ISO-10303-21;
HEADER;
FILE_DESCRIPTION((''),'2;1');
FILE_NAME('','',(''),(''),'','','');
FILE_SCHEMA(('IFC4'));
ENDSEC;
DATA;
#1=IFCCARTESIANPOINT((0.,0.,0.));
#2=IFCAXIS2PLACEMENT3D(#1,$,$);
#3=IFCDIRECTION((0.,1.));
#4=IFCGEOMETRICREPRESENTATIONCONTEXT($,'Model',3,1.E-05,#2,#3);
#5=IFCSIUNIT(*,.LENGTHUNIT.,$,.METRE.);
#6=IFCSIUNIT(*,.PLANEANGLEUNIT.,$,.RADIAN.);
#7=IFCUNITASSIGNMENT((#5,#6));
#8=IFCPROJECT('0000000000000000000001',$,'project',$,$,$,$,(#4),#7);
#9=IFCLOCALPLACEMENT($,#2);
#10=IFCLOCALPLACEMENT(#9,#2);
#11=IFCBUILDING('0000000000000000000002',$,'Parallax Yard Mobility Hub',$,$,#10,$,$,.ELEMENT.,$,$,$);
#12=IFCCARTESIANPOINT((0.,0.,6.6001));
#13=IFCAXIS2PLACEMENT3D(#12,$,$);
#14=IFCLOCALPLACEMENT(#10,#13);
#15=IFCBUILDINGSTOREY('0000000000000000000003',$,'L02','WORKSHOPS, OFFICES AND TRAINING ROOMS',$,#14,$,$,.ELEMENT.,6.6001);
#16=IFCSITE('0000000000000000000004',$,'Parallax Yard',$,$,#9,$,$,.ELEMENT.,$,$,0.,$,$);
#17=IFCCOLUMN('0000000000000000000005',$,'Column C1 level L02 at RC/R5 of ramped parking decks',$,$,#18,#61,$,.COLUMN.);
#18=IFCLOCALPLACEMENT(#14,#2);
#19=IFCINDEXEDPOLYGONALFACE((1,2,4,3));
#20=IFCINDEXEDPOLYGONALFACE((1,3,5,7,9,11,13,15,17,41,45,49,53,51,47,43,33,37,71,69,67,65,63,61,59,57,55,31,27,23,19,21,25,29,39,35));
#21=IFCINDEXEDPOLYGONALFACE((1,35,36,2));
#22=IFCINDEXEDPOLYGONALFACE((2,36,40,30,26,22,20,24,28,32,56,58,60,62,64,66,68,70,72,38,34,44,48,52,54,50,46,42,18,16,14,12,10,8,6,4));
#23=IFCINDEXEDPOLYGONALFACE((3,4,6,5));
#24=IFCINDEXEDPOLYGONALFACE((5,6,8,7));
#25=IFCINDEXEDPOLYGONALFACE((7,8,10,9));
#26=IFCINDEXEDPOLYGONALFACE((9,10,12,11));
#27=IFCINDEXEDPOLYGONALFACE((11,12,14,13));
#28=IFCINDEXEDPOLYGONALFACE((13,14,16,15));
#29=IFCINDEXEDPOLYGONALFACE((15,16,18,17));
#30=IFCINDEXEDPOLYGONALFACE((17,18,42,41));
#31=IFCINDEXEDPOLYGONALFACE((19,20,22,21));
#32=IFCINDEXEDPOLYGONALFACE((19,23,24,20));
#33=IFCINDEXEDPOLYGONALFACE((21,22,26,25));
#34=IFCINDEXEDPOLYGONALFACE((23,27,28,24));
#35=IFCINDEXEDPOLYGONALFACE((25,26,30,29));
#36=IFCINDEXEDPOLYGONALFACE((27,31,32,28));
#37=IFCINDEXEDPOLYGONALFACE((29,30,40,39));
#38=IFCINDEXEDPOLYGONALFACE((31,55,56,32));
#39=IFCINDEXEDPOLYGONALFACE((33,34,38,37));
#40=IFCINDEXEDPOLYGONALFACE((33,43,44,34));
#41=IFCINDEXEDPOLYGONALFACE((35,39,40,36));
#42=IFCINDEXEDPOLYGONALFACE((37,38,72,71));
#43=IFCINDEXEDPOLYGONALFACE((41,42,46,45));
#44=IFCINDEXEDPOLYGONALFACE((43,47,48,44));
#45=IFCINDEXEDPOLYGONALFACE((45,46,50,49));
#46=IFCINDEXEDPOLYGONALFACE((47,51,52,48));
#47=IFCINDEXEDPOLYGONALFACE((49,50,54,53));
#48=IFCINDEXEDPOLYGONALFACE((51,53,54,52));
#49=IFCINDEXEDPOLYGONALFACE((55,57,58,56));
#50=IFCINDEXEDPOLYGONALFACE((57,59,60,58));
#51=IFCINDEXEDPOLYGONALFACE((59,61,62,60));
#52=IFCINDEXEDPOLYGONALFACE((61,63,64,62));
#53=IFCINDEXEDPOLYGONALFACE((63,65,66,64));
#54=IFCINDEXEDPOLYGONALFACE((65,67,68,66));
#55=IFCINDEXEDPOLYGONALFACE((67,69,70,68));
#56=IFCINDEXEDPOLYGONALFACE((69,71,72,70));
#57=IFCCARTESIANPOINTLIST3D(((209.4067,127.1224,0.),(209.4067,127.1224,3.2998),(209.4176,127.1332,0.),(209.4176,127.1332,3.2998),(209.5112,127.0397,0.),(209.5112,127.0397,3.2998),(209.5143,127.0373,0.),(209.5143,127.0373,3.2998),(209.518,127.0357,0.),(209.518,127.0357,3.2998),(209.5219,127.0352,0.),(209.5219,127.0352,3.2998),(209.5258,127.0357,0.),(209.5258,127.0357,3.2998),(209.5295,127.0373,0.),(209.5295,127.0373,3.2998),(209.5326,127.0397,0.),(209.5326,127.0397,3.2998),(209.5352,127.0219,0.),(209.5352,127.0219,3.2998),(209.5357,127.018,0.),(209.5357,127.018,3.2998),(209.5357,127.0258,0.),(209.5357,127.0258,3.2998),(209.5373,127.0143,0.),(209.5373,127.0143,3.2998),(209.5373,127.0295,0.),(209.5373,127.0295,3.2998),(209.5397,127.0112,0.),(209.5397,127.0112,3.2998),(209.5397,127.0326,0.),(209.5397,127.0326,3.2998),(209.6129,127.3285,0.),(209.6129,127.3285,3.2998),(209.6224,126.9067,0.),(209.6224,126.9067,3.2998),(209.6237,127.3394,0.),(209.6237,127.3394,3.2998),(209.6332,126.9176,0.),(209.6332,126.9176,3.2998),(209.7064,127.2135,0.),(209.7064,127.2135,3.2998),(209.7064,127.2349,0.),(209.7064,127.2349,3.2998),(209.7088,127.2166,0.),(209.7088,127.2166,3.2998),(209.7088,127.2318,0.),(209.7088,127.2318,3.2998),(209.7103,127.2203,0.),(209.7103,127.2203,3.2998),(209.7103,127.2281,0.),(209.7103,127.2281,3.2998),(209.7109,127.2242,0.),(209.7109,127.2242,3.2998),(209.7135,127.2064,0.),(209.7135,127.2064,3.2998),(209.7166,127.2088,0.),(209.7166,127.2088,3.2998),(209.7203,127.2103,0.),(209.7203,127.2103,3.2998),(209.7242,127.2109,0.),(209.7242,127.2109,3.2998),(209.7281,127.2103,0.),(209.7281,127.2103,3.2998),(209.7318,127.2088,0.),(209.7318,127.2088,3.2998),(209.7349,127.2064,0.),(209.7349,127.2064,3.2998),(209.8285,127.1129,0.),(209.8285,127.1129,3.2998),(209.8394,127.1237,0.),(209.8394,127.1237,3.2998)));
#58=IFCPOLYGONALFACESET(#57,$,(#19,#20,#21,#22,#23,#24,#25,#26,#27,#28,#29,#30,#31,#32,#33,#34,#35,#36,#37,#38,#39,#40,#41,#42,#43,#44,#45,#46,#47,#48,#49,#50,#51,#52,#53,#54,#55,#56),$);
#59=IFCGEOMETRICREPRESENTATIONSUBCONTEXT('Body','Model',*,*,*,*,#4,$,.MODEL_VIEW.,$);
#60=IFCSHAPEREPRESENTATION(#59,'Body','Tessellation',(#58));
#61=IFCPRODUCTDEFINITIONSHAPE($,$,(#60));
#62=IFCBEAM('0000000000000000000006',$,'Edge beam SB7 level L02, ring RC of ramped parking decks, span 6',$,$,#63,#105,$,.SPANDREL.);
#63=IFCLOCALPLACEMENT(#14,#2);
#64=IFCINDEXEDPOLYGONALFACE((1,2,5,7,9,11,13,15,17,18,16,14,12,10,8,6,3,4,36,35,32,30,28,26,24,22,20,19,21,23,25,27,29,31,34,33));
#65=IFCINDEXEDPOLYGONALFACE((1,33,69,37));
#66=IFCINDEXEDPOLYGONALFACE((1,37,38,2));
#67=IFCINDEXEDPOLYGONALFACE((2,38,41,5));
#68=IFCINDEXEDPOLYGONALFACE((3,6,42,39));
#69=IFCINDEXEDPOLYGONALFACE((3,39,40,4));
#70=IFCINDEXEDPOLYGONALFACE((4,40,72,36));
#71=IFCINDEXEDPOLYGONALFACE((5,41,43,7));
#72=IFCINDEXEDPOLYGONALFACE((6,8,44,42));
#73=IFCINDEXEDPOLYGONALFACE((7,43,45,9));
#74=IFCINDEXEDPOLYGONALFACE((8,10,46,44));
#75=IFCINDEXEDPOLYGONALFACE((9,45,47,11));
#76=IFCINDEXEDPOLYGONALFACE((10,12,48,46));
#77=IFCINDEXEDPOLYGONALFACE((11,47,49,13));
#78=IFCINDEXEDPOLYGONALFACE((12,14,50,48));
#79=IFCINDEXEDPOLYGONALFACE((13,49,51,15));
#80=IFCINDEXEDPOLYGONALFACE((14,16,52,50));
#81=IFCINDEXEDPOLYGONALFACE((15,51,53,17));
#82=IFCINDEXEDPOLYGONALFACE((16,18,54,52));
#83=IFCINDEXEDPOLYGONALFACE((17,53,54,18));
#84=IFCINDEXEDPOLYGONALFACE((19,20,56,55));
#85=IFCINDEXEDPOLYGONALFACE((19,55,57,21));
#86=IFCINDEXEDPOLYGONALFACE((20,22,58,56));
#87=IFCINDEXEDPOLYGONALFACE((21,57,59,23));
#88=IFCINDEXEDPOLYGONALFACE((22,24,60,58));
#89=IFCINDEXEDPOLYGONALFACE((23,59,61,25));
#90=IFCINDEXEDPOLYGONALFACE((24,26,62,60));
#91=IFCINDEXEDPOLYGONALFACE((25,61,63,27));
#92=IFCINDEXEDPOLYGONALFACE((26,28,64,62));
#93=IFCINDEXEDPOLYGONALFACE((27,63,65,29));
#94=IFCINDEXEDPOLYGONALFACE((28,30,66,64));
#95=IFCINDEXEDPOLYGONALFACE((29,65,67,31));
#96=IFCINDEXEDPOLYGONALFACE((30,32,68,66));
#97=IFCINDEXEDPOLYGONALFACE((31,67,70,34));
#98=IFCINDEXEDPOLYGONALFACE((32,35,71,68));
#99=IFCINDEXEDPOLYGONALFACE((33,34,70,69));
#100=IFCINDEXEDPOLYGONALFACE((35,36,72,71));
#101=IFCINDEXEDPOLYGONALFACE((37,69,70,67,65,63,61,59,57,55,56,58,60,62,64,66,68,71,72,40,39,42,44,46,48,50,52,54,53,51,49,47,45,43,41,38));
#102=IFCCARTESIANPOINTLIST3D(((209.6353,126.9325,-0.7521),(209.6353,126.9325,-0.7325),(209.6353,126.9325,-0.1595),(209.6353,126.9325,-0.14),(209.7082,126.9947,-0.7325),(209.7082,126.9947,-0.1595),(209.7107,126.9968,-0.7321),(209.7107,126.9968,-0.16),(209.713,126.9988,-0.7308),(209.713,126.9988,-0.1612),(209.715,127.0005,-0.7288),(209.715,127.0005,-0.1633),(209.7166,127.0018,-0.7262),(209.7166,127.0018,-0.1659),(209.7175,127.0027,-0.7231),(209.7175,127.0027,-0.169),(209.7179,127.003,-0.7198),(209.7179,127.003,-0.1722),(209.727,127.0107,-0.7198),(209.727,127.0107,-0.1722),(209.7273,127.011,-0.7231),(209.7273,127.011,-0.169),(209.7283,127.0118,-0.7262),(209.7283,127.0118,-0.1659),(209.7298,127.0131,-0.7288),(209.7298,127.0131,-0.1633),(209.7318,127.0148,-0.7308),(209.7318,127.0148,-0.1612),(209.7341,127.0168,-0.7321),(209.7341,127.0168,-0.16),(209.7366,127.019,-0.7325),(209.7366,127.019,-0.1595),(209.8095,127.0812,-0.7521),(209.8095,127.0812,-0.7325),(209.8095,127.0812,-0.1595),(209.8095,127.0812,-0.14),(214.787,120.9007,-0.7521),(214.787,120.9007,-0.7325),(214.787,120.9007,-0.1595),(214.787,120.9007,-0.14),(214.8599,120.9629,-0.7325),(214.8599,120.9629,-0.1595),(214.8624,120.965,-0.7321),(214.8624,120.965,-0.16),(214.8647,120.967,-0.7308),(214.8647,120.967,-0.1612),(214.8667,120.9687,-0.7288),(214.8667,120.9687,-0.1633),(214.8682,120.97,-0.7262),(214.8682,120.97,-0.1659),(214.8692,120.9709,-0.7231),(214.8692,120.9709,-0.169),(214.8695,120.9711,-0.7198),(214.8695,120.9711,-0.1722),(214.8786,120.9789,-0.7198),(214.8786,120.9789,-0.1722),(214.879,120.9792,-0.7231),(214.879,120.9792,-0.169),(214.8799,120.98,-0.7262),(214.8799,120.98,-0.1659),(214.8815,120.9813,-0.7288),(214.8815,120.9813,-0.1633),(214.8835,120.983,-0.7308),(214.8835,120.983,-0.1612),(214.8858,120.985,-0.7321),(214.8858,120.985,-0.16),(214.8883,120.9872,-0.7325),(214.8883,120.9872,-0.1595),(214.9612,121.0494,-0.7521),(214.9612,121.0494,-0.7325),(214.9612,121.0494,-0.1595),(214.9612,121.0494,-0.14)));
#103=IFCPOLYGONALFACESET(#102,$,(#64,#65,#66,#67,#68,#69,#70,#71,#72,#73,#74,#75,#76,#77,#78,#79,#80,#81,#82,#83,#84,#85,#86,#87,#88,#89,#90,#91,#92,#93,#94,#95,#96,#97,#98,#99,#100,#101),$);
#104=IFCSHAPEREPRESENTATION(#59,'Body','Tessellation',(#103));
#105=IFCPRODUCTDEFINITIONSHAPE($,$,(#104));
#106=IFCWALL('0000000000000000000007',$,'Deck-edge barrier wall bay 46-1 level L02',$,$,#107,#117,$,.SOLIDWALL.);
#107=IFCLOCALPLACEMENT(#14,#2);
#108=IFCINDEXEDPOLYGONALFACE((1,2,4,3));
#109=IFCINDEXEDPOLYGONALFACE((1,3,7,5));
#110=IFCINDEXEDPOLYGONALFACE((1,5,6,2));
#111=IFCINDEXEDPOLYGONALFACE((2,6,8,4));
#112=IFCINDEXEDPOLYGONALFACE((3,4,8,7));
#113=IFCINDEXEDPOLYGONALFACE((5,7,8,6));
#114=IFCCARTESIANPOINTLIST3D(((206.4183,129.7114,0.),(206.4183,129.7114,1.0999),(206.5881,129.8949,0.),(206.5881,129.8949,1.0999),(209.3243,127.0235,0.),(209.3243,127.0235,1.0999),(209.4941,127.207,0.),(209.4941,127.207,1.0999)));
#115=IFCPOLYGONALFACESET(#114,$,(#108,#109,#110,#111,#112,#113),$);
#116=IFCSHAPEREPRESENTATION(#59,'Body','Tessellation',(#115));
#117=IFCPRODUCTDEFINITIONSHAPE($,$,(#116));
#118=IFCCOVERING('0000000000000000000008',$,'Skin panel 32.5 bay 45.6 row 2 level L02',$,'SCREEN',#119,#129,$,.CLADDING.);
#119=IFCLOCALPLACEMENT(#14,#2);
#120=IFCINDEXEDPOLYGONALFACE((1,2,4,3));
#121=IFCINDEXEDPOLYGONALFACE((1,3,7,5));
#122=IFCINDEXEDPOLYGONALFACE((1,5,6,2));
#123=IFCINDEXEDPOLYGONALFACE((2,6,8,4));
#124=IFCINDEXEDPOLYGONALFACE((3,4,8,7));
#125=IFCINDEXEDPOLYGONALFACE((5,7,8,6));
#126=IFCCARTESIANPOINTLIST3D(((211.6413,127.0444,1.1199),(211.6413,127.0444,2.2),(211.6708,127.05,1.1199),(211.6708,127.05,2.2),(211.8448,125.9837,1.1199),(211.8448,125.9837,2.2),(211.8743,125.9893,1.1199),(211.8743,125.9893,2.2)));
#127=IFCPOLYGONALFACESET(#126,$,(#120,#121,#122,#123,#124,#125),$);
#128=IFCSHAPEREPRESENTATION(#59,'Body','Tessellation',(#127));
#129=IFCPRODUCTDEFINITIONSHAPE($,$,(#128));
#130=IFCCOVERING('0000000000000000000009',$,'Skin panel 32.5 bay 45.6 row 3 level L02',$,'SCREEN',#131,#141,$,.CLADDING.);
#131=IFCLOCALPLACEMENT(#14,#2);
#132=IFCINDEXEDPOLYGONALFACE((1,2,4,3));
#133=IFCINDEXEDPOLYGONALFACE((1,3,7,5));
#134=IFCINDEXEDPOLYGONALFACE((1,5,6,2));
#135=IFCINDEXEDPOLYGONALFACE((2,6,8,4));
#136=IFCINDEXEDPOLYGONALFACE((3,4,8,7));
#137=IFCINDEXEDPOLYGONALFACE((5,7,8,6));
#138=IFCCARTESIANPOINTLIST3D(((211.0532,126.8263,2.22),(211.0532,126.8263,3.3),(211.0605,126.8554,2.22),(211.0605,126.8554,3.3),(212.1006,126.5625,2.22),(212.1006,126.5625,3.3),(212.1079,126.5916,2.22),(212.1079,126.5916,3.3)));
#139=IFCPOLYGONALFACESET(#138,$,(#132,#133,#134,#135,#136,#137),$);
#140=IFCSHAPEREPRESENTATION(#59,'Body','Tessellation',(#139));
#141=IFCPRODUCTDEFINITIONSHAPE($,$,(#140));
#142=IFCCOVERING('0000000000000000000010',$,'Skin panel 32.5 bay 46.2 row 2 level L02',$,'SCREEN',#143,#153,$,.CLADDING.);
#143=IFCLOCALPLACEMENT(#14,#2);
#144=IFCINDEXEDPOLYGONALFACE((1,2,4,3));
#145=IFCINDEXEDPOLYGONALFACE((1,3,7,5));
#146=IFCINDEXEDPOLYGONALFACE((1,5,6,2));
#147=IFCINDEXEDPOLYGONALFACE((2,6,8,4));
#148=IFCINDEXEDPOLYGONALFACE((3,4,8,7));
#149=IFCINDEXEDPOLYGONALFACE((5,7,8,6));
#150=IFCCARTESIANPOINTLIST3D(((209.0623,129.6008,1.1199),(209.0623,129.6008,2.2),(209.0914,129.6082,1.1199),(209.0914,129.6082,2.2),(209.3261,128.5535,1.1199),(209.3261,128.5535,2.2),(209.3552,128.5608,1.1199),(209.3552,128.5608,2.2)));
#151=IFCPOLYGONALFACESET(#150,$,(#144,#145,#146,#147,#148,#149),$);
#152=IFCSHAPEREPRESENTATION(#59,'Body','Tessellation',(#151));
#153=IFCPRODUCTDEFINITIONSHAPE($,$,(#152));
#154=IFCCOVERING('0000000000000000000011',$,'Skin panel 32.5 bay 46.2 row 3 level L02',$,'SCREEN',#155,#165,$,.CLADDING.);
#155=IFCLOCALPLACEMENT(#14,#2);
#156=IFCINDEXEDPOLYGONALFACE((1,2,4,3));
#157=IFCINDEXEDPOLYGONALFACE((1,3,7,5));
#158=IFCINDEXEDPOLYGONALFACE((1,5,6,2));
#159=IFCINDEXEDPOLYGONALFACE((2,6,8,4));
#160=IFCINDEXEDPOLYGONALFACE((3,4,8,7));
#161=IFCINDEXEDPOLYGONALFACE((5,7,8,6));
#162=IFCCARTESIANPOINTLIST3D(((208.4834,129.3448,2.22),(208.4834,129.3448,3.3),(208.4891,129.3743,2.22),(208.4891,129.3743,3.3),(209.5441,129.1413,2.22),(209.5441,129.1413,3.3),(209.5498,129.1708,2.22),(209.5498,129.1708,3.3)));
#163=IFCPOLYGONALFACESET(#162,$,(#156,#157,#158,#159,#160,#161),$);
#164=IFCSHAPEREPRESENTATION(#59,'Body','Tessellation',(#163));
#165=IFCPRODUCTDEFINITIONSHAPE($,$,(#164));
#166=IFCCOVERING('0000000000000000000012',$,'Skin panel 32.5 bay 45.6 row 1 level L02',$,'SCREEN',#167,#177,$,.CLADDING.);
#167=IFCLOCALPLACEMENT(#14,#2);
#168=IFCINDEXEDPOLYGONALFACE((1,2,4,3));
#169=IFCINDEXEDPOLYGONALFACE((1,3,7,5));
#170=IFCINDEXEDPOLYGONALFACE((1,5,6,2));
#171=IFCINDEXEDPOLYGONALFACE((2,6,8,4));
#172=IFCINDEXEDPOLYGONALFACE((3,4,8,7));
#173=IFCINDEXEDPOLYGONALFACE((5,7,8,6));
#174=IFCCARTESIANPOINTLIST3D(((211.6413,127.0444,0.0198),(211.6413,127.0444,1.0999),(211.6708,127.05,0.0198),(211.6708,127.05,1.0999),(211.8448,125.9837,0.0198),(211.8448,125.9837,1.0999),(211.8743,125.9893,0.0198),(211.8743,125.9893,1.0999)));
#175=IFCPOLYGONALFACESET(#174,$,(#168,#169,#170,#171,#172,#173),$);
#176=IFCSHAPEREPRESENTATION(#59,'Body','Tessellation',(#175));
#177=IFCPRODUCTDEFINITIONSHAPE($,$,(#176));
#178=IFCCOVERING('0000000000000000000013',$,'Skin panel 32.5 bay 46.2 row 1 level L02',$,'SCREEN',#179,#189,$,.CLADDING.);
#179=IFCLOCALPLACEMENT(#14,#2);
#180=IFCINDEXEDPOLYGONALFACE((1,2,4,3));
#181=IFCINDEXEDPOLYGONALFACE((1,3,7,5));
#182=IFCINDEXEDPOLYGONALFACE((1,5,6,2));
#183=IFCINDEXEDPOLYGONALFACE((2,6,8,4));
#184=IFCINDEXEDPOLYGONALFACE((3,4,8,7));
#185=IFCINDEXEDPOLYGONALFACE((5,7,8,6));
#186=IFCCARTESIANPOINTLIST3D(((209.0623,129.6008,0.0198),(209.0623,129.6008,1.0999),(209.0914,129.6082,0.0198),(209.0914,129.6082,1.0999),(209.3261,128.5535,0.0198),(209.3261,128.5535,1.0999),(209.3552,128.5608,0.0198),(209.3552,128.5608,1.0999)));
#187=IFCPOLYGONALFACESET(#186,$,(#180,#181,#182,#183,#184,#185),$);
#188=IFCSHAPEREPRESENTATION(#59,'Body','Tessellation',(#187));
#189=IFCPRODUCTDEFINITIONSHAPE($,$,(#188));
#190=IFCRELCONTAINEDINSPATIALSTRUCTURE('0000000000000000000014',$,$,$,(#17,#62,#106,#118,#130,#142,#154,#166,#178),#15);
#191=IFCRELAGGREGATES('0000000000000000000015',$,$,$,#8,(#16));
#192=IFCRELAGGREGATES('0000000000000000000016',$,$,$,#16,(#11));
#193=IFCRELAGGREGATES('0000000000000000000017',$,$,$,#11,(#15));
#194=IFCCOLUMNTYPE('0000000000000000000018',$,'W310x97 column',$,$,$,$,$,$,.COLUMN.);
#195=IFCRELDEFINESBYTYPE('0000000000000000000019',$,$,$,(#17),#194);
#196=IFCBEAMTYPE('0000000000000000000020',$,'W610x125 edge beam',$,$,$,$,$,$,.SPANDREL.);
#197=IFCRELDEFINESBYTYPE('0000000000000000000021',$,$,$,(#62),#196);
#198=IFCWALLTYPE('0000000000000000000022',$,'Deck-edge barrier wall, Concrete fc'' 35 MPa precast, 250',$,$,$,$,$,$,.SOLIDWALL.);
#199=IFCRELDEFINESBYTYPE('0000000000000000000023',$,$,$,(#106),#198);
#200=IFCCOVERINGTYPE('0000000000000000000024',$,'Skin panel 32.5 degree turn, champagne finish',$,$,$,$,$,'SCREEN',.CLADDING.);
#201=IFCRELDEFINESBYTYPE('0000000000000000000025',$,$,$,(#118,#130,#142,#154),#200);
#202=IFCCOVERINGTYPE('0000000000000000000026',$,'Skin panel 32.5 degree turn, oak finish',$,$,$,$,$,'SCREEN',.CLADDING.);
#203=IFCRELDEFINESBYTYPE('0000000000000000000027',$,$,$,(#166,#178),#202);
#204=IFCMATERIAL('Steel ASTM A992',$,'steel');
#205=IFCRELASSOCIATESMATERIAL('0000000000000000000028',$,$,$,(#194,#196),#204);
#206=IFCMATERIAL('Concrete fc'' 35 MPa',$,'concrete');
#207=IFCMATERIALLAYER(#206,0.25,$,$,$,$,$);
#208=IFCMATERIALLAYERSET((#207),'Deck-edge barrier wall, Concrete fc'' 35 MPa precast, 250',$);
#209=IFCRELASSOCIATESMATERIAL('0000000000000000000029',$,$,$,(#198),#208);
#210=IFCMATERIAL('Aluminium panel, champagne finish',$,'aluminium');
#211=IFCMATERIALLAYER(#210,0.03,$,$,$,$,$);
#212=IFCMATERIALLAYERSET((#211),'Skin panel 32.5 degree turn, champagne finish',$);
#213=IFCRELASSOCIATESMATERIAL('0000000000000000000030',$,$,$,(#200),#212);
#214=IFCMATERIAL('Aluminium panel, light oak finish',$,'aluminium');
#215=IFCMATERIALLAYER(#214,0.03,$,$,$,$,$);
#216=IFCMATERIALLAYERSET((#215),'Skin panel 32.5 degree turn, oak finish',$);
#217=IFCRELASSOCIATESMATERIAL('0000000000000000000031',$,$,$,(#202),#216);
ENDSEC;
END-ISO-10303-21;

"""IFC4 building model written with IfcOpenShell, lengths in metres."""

from ifc_helpers import new_model, si_unit, direction, frame, frame_2d, origin, origin_2d, place, context, subcontext, project, spatial, rectangle, i_section, extrude, material, layer, layer_set, material_profile, profile_set, type_object, element, save


model = new_model("IFC4")

# Units and contexts
model_context = context("Model", 3, precision=1e-05, world=origin(), true_north=direction((0.0, 1.0)))
body_context = subcontext(model_context, "Body", "Model", "MODEL_VIEW")
ifc_project = project(units=[si_unit("LENGTHUNIT", "METRE"), si_unit("PLANEANGLEUNIT", "RADIAN")], contexts=[model_context])

# Site, building, storey
site_placement = place(None, origin())
site = spatial("IfcSite", under=ifc_project, at=site_placement, Name="Parallax Yard", CompositionType="ELEMENT", RefElevation=0.0)
building_placement = place(site_placement, origin())
building = spatial("IfcBuilding", under=site, at=building_placement, Name="Parallax Yard Mobility Hub", CompositionType="ELEMENT")
storey_placement = place(building_placement, frame((0.0, 0.0, 6.6001)))
storey = spatial("IfcBuildingStorey", under=building, at=storey_placement, Name="L02", Description="WORKSHOPS, OFFICES AND TRAINING ROOMS", CompositionType="ELEMENT", Elevation=6.6001)

# Column
ifc_material_1 = material(Name="Steel ASTM A992", Category="steel")
ifc_material_profile_1 = material_profile(ifc_material_1, i_section(OverallWidth=0.3049, OverallDepth=0.3069, WebThickness=0.01, FlangeThickness=0.0154, FilletRadius=0.0151, at=origin_2d()), Name="W310x97")
ifc_profile_set_1 = profile_set([ifc_material_profile_1], Name="Steel ASTM A992")
column_type = type_object("IfcColumnType", Name="W310x97 column", PredefinedType="COLUMN", material=ifc_profile_set_1)
column_placement = place(storey_placement, frame((209.623, 127.123, 0.0), z_axis=(0.0, 0.0, 1.0), x_axis=(-0.707107, 0.707107, 0.0)))
element("IfcColumn", 1, at=column_placement, inside=storey, type_object=column_type, Name="Column C1 level L02 at RC/R5 of ramped parking decks", PredefinedType="COLUMN", context=body_context, shape_type="SweptSolid", body=[
    extrude(i_section(OverallWidth=0.3049, OverallDepth=0.3069, WebThickness=0.01, FlangeThickness=0.0154, FilletRadius=0.0151, at=origin_2d()), origin(), (0.0, 0.0, 1.0), 3.2998),
])

# Beam
ifc_material_profile_2 = material_profile(ifc_material_1, i_section(OverallWidth=0.229, OverallDepth=0.6121, WebThickness=0.012, FlangeThickness=0.0195, FilletRadius=0.0127, at=origin_2d()), Name="W610x125")
ifc_profile_set_2 = profile_set([ifc_material_profile_2], Name="Steel ASTM A992")
beam_type = type_object("IfcBeamType", Name="W610x125 edge beam", PredefinedType="SPANDREL", material=ifc_profile_set_2)
beam_placement = place(storey_placement, frame((209.7224, 127.0068, -0.446), z_axis=(0.64945, -0.760405, 0.0), x_axis=(0.760405, 0.64945, 0.0)))
element("IfcBeam", 2, at=beam_placement, inside=storey, type_object=beam_type, Name="Edge beam SB7 level L02, ring RC of ramped parking decks, span 6", PredefinedType="SPANDREL", context=body_context, shape_type="SweptSolid", body=[
    extrude(i_section(OverallWidth=0.229, OverallDepth=0.6121, WebThickness=0.012, FlangeThickness=0.0195, FilletRadius=0.0127, at=origin_2d()), origin(), (0.0, 0.0, 1.0), 7.9324),
])

# Wall
ifc_material_2 = material(Name="Concrete fc' 35 MPa", Category="concrete")
ifc_layer_1 = layer(ifc_material_2, 0.25)
ifc_layer_set_1 = layer_set([ifc_layer_1], Name="Deck-edge barrier wall, Concrete fc' 35 MPa precast, 250")
wall_type = type_object("IfcWallType", Name="Deck-edge barrier wall, Concrete fc' 35 MPa precast, 250", PredefinedType="SOLIDWALL", material=ifc_layer_set_1)
wall_placement = place(storey_placement, frame((209.4092, 127.1152, 0.0), z_axis=(0.0, 0.0, 1.0), x_axis=(-0.734108, 0.679033, 0.0)))
element("IfcWall", 3, at=wall_placement, inside=storey, type_object=wall_type, Name="Deck-edge barrier wall bay 46-1 level L02", PredefinedType="SOLIDWALL", context=body_context, shape_type="SweptSolid", body=[
    extrude(rectangle(XDim=3.9585, YDim=0.25, at=frame_2d((1.9792, 0.0))), origin(), (0.0, 0.0, 1.0), 1.0999),
])

# Coverings
ifc_material_3 = material(Name="Aluminium panel, champagne finish", Category="aluminium")
ifc_layer_2 = layer(ifc_material_3, 0.03)
ifc_layer_set_2 = layer_set([ifc_layer_2], Name="Skin panel 32.5 degree turn, champagne finish")
covering_type_1 = type_object("IfcCoveringType", Name="Skin panel 32.5 degree turn, champagne finish", ElementType="SCREEN", PredefinedType="CLADDING", material=ifc_layer_set_2)
for number, where, z_axis, x_axis, name in (
    (4, (211.7578, 126.5168, 1.1199), (0.0, 0.0, 1.0), (-0.188472, 0.982079, 0.0), "Skin panel 32.5 bay 45.6 row 2 level L02"),
    (5, (211.5806, 126.709, 2.22), (0.0, 0.0, 1.0), (0.969717, -0.244231, 0.0), "Skin panel 32.5 bay 45.6 row 3 level L02"),
    (6, (209.2087, 129.0808, 1.1199), (0.0, 0.0, 1.0), (-0.244231, 0.969717, 0.0), "Skin panel 32.5 bay 46.2 row 2 level L02"),
    (7, (209.0166, 129.2578, 2.22), (0.0, 0.0, 1.0), (0.982079, -0.188472, 0.0), "Skin panel 32.5 bay 46.2 row 3 level L02"),
):
    element("IfcCovering", number, at=place(storey_placement, frame(where, z_axis=z_axis, x_axis=x_axis)), inside=storey, type_object=covering_type_1, Name=name, ObjectType="SCREEN", PredefinedType="CLADDING", context=body_context, shape_type="SweptSolid", body=[
        extrude(rectangle(XDim=1.0801, YDim=0.03, at=origin_2d()), origin(), (0.0, 0.0, 1.0), 1.0801),
    ])
ifc_material_4 = material(Name="Aluminium panel, light oak finish", Category="aluminium")
ifc_layer_3 = layer(ifc_material_4, 0.03)
ifc_layer_set_3 = layer_set([ifc_layer_3], Name="Skin panel 32.5 degree turn, oak finish")
covering_type_2 = type_object("IfcCoveringType", Name="Skin panel 32.5 degree turn, oak finish", ElementType="SCREEN", PredefinedType="CLADDING", material=ifc_layer_set_3)
for number, where, z_axis, x_axis, name in (
    (8, (211.7578, 126.5168, 0.0198), (0.0, 0.0, 1.0), (-0.188472, 0.982079, 0.0), "Skin panel 32.5 bay 45.6 row 1 level L02"),
    (9, (209.2087, 129.0808, 0.0198), (0.0, 0.0, 1.0), (-0.244231, 0.969717, 0.0), "Skin panel 32.5 bay 46.2 row 1 level L02"),
):
    element("IfcCovering", number, at=place(storey_placement, frame(where, z_axis=z_axis, x_axis=x_axis)), inside=storey, type_object=covering_type_2, Name=name, ObjectType="SCREEN", PredefinedType="CLADDING", context=body_context, shape_type="SweptSolid", body=[
        extrude(rectangle(XDim=1.0801, YDim=0.03, at=origin_2d()), origin(), (0.0, 0.0, 1.0), 1.0801),
    ])

save(model, "model.ifc")
